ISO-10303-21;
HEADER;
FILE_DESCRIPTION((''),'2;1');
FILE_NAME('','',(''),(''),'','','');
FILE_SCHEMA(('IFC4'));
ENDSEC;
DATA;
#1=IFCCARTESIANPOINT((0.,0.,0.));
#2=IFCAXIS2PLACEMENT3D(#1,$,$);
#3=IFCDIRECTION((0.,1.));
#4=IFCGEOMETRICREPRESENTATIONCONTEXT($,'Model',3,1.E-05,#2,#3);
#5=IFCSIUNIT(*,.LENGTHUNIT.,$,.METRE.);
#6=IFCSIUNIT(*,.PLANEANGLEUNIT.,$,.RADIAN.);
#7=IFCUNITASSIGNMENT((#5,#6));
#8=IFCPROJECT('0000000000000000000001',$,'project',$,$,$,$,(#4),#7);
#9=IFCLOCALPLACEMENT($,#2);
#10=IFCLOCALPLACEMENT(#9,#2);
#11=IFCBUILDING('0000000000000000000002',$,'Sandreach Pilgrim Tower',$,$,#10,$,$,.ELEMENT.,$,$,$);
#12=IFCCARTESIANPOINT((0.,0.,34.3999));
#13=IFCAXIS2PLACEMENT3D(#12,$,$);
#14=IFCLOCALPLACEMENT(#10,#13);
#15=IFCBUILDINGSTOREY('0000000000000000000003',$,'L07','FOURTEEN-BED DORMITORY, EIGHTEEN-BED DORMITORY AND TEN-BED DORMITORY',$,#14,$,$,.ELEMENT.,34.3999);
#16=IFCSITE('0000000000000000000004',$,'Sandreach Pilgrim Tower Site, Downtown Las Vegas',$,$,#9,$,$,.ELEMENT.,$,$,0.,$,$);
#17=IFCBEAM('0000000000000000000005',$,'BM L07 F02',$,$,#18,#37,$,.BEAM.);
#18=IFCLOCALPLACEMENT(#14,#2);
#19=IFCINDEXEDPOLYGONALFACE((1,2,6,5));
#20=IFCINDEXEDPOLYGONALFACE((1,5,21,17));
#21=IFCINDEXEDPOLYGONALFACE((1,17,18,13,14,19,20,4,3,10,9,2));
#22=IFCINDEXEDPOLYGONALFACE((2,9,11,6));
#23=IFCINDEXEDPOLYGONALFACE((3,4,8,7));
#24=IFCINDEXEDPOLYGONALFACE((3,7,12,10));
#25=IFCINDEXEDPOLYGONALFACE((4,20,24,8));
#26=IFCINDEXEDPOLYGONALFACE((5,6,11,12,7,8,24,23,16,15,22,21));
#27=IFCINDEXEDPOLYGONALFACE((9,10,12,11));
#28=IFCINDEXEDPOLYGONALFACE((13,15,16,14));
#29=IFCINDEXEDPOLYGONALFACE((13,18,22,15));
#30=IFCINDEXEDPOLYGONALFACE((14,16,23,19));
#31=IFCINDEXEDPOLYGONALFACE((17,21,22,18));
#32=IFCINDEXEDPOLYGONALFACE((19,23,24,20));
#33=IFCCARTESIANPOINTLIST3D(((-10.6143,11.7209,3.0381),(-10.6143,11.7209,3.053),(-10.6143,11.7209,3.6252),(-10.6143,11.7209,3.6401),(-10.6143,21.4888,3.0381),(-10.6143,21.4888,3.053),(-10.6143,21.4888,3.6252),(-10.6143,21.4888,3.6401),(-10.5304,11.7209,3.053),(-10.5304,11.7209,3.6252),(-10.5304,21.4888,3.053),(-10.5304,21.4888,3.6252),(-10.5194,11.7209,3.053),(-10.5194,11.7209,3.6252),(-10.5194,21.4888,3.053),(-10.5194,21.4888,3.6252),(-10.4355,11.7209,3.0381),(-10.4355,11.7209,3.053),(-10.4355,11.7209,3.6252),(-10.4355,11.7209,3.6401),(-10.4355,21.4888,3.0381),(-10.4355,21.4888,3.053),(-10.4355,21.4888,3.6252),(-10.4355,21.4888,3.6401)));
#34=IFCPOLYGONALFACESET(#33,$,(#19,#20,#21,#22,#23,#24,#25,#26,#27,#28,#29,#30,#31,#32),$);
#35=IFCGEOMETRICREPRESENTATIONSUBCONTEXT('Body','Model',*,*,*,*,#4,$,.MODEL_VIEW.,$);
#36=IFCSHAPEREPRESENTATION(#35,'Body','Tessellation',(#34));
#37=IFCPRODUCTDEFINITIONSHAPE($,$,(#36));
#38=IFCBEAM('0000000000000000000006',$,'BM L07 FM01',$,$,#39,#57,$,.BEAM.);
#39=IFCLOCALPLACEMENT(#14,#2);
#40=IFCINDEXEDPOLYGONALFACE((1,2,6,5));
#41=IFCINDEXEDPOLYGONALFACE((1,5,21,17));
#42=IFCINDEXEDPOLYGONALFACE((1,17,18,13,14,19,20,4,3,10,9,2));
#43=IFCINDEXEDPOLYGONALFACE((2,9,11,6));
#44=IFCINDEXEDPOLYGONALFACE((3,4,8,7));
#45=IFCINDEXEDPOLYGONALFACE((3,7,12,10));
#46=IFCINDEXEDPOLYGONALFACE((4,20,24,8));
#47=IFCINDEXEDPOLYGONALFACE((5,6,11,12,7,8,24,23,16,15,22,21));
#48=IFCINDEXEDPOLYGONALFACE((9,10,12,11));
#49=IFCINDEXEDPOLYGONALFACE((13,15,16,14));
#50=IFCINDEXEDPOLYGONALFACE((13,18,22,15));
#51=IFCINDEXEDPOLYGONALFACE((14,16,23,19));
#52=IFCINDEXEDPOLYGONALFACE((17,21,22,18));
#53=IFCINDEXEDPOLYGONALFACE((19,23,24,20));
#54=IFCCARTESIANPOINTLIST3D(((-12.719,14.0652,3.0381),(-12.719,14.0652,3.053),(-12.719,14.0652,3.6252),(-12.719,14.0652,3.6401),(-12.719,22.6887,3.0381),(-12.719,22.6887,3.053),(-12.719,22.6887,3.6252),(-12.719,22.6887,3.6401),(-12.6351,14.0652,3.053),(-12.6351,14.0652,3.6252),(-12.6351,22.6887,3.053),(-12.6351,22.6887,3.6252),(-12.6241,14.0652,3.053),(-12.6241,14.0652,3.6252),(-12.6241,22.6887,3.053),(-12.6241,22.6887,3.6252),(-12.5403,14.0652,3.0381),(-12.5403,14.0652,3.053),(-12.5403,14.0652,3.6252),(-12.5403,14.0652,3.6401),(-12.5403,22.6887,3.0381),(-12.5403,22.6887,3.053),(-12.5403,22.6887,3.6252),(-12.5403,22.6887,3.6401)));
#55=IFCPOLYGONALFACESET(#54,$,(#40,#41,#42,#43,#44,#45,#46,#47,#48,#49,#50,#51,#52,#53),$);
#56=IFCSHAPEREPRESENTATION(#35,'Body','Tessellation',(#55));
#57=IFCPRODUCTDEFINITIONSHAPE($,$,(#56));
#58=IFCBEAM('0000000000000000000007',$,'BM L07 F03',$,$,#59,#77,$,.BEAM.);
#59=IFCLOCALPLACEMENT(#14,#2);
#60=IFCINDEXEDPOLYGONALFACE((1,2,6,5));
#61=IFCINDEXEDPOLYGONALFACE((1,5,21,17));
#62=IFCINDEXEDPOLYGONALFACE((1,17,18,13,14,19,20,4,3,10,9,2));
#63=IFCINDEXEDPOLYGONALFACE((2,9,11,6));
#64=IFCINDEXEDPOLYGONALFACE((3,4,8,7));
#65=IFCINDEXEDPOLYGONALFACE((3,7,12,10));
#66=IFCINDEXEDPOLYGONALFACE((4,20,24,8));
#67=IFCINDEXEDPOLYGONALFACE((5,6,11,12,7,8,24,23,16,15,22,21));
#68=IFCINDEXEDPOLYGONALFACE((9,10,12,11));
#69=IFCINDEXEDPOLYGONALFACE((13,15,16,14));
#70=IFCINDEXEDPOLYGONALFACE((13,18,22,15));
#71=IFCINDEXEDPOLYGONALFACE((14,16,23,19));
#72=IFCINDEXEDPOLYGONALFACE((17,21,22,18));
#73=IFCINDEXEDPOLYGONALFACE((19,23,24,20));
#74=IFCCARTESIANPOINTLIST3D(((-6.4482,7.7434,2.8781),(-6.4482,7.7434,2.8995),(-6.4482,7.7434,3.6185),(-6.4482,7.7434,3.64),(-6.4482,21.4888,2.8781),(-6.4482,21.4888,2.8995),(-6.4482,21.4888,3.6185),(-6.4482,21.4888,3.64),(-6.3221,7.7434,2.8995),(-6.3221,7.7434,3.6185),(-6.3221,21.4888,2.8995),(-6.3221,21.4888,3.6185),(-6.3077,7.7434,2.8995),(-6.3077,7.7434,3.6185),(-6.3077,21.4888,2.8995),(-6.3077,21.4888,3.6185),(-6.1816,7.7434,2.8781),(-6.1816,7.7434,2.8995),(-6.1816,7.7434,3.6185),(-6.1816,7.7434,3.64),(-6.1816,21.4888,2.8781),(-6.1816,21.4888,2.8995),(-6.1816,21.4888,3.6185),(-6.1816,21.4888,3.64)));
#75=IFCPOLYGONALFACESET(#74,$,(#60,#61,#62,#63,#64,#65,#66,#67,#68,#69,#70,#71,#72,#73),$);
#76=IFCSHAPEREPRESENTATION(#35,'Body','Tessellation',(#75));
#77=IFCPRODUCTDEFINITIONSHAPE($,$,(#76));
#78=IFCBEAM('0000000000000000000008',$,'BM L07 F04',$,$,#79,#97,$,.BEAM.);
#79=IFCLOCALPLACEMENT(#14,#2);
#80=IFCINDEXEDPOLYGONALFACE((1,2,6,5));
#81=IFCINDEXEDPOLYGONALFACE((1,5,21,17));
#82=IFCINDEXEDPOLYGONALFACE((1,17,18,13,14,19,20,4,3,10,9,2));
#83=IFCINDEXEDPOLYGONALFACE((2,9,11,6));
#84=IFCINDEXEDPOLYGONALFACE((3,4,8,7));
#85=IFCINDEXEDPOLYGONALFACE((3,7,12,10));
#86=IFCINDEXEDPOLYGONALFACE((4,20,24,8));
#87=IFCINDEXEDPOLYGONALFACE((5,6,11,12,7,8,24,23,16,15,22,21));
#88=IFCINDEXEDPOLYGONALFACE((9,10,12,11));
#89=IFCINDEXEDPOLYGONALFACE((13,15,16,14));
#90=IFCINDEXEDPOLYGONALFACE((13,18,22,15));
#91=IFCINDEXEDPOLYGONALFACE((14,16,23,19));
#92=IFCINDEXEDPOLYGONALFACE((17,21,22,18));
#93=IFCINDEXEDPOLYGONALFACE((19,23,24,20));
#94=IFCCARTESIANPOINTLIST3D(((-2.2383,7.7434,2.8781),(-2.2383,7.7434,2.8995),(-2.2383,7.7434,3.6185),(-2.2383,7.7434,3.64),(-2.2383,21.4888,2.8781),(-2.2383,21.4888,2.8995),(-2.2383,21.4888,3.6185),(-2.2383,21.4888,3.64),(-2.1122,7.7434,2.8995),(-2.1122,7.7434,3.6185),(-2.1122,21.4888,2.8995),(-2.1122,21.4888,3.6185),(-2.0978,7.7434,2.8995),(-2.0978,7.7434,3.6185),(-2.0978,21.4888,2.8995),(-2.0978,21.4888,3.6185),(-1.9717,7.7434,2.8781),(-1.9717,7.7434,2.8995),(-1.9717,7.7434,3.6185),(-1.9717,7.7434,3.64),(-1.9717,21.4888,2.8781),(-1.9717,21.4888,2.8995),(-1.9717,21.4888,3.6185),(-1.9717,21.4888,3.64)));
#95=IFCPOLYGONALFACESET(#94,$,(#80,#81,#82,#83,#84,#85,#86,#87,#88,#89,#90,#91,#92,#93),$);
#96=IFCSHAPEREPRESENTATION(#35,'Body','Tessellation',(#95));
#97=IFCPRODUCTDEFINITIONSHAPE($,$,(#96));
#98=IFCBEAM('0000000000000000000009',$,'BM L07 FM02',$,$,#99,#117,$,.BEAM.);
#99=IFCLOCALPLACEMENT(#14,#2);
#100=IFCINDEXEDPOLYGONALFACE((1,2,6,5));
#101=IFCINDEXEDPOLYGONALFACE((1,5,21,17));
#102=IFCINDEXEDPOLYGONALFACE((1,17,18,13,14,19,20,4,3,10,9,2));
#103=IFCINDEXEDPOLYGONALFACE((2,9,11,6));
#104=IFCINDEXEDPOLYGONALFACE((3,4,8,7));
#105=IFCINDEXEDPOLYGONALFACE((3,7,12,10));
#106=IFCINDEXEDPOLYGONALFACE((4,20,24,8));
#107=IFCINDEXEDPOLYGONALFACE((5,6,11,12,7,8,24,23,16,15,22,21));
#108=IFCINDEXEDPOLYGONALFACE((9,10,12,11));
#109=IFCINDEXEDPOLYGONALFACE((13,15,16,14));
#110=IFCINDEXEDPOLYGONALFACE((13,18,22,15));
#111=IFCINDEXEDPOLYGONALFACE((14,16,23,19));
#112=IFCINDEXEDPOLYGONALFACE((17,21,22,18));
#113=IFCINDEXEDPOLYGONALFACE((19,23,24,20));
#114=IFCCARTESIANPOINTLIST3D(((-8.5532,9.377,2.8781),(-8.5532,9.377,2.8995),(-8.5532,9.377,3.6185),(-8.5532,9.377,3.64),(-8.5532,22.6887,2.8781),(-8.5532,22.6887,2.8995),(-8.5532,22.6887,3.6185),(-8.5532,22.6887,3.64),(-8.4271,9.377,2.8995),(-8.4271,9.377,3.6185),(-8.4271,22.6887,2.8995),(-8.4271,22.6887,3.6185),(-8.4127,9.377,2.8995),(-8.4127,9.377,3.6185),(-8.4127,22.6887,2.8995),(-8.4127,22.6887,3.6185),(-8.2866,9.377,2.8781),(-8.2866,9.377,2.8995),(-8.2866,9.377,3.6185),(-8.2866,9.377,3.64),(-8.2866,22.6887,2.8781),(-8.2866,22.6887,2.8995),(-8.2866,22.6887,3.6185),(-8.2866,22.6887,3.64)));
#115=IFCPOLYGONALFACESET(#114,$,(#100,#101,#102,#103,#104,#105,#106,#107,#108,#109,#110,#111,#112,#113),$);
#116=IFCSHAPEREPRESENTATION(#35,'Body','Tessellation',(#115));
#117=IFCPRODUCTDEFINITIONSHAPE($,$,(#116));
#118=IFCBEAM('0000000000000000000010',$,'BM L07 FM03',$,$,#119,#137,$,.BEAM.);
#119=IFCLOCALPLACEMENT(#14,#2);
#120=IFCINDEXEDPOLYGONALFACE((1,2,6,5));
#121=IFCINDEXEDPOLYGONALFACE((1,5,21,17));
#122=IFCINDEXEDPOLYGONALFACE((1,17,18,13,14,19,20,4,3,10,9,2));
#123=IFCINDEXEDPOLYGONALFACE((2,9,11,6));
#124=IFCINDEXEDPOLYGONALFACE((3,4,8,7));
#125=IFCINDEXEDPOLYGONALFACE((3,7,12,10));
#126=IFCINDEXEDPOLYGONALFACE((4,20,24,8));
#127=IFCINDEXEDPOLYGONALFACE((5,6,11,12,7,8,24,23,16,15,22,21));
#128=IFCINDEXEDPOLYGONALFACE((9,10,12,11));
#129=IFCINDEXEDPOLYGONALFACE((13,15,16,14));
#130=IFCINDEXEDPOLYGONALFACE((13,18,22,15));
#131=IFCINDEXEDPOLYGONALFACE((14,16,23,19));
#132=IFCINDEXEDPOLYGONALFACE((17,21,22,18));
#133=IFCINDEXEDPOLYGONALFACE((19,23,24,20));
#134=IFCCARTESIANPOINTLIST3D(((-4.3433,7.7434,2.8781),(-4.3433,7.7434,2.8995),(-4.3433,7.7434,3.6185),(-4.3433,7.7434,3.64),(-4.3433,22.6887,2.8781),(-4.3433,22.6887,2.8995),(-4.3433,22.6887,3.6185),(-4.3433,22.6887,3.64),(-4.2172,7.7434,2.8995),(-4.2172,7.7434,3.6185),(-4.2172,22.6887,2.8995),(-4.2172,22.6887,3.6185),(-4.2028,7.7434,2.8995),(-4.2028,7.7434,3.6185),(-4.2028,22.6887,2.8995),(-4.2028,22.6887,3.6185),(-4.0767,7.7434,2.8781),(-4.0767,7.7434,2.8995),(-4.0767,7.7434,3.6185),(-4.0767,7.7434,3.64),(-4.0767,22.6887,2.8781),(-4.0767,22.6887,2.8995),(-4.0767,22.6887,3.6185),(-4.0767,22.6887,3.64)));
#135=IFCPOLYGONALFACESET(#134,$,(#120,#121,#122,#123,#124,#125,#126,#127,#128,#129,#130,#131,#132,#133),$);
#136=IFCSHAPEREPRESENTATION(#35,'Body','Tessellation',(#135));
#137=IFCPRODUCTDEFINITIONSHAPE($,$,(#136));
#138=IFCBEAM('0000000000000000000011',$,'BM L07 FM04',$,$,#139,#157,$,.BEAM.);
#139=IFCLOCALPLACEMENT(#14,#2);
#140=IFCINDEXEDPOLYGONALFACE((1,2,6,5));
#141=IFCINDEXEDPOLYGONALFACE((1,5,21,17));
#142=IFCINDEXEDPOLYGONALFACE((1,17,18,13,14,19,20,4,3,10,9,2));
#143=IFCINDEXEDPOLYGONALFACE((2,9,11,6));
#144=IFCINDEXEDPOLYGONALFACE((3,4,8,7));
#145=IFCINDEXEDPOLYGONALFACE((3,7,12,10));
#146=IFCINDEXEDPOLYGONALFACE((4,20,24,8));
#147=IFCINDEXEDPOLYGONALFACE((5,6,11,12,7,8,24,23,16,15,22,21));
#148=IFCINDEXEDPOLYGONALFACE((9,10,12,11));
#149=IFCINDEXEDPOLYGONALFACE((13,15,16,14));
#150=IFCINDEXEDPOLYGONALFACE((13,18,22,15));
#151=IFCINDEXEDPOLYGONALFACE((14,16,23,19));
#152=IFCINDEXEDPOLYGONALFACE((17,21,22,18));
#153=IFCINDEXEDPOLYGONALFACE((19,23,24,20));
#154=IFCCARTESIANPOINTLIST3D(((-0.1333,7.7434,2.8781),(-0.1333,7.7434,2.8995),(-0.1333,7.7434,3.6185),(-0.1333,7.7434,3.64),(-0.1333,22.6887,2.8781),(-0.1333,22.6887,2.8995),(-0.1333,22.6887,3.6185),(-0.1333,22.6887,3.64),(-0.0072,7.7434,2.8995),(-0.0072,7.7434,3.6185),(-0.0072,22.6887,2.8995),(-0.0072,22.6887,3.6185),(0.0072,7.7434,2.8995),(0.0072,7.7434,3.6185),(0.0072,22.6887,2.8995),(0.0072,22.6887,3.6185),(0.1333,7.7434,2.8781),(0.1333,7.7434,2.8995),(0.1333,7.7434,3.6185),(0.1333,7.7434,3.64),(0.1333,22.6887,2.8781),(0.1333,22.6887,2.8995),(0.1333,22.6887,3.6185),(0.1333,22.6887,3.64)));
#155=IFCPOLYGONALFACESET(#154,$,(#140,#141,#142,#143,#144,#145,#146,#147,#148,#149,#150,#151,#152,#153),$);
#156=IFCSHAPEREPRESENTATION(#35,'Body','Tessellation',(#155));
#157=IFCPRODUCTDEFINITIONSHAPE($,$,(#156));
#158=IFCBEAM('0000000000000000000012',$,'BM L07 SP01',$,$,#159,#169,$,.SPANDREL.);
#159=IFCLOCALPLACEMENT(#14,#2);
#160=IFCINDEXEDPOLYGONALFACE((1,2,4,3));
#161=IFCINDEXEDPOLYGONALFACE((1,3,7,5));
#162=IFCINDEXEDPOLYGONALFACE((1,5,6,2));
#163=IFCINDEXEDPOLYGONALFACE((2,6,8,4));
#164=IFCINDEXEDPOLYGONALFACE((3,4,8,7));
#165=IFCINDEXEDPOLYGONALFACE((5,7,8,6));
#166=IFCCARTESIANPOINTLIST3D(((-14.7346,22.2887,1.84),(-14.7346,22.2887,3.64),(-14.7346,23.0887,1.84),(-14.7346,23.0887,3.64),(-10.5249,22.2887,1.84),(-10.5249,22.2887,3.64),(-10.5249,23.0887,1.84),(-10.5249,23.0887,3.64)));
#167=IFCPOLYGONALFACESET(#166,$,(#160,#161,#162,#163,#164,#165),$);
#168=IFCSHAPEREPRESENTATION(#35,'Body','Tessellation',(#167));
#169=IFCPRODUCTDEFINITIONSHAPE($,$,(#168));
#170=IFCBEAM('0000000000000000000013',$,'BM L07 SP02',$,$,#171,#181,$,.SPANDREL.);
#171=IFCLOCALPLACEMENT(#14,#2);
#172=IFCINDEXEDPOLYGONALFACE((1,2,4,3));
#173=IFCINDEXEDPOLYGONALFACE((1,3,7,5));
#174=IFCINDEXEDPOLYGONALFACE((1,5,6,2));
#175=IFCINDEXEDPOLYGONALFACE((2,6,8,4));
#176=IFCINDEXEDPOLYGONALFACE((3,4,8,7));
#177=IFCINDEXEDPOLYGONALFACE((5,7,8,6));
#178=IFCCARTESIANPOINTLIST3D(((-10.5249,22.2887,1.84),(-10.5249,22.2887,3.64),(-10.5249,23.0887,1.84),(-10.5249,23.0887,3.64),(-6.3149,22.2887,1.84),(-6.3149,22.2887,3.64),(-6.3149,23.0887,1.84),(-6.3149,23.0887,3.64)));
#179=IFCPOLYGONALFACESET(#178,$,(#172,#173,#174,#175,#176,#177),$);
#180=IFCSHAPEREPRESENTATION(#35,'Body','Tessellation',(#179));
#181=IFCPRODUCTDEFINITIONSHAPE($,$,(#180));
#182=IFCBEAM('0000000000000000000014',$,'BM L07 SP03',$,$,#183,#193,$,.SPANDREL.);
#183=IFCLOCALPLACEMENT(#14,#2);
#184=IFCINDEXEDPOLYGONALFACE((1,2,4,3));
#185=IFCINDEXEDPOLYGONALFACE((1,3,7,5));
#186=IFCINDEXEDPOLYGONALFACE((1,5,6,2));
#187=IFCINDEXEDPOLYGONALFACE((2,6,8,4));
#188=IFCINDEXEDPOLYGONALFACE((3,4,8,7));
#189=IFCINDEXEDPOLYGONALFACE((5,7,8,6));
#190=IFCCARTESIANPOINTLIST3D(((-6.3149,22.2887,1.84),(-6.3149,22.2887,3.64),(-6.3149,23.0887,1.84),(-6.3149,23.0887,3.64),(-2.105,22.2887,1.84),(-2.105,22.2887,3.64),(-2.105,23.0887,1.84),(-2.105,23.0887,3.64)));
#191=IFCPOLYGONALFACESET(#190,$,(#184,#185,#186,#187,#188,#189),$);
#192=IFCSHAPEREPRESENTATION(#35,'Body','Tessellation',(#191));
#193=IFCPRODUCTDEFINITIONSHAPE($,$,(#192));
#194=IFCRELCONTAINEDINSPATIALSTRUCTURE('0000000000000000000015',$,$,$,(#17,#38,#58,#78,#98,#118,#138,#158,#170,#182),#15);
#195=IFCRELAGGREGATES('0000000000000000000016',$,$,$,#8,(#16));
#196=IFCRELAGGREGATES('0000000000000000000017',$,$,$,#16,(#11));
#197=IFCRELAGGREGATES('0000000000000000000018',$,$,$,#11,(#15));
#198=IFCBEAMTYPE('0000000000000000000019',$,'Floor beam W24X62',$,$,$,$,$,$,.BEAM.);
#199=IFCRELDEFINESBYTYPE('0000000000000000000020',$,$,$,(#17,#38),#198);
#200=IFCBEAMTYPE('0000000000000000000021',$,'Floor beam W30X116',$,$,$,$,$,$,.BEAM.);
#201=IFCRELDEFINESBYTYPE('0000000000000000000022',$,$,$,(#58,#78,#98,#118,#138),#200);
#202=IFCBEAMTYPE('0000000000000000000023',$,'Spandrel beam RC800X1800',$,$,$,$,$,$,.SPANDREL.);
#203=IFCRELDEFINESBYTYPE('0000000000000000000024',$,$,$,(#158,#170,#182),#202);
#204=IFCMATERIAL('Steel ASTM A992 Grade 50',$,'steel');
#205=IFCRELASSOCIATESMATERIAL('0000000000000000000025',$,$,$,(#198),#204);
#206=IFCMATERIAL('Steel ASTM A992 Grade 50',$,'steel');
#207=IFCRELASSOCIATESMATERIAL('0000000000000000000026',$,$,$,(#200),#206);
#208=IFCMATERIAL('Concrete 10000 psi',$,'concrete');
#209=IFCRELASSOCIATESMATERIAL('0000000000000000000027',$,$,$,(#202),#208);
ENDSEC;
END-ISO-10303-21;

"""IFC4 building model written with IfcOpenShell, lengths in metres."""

from ifc_helpers import new_model, si_unit, direction, frame, origin, origin_2d, place, context, subcontext, project, spatial, rectangle, i_section, extrude, material, material_profile, profile_set, type_object, element, save


model = new_model("IFC4")

# Units and contexts
model_context = context("Model", 3, precision=1e-05, world=origin(), true_north=direction((0.0, 1.0)))
body_context = subcontext(model_context, "Body", "Model", "MODEL_VIEW")
ifc_project = project(units=[si_unit("LENGTHUNIT", "METRE"), si_unit("PLANEANGLEUNIT", "RADIAN")], contexts=[model_context])

# Site, building, storey
site_placement = place(None, origin())
site = spatial("IfcSite", under=ifc_project, at=site_placement, Name="Sandreach Pilgrim Tower Site, Downtown Las Vegas", CompositionType="ELEMENT", RefElevation=0.0)
building_placement = place(site_placement, origin())
building = spatial("IfcBuilding", under=site, at=building_placement, Name="Sandreach Pilgrim Tower", CompositionType="ELEMENT")
storey_placement = place(building_placement, frame((0.0, 0.0, 34.3999)))
storey = spatial("IfcBuildingStorey", under=building, at=storey_placement, Name="L07", Description="FOURTEEN-BED DORMITORY, EIGHTEEN-BED DORMITORY AND TEN-BED DORMITORY", CompositionType="ELEMENT", Elevation=34.3999)

# Beams
ifc_material_1 = material(Name="Steel ASTM A992 Grade 50", Category="steel")
ifc_material_profile_1 = material_profile(ifc_material_1, i_section(OverallWidth=0.1787, OverallDepth=0.6021, WebThickness=0.011, FlangeThickness=0.0149, at=origin_2d()), Name="W24X62")
ifc_profile_set_1 = profile_set([ifc_material_profile_1], Name="Steel ASTM A992 Grade 50")
beam_type_1 = type_object("IfcBeamType", Name="Floor beam W24X62", PredefinedType="BEAM", material=ifc_profile_set_1)
beam_1_placement = place(storey_placement, frame((-10.5249, 21.4888, 3.3391), z_axis=(0.0, -1.0, 0.0), x_axis=(1.0, 0.0, 0.0)))
element("IfcBeam", 1, at=beam_1_placement, inside=storey, type_object=beam_type_1, Name="BM L07 F02", PredefinedType="BEAM", context=body_context, shape_type="SweptSolid", body=[
    extrude(i_section(OverallWidth=0.1787, OverallDepth=0.6021, WebThickness=0.011, FlangeThickness=0.0149, at=origin_2d()), origin(), (0.0, 0.0, 1.0), 9.7678),
])
beam_2_placement = place(storey_placement, frame((-12.6296, 22.6887, 3.3391), z_axis=(0.0, -1.0, 0.0), x_axis=(1.0, 0.0, 0.0)))
element("IfcBeam", 2, at=beam_2_placement, inside=storey, type_object=beam_type_1, Name="BM L07 FM01", PredefinedType="BEAM", context=body_context, shape_type="SweptSolid", body=[
    extrude(i_section(OverallWidth=0.1787, OverallDepth=0.6021, WebThickness=0.011, FlangeThickness=0.0149, at=origin_2d()), origin(), (0.0, 0.0, 1.0), 8.6235),
])
ifc_material_2 = material(Name="Steel ASTM A992 Grade 50", Category="steel")
ifc_material_profile_2 = material_profile(ifc_material_2, i_section(OverallWidth=0.2666, OverallDepth=0.762, WebThickness=0.0144, FlangeThickness=0.0215, at=origin_2d()), Name="W30X116")
ifc_profile_set_2 = profile_set([ifc_material_profile_2], Name="Steel ASTM A992 Grade 50")
beam_type_2 = type_object("IfcBeamType", Name="Floor beam W30X116", PredefinedType="BEAM", material=ifc_profile_set_2)
for number, where, z_axis, x_axis, name in (
    (3, (-6.3149, 21.4888, 3.259), (0.0, -1.0, 0.0), (1.0, 0.0, 0.0), "BM L07 F03"),
    (4, (-2.105, 21.4888, 3.259), (0.0, -1.0, 0.0), (1.0, 0.0, 0.0), "BM L07 F04"),
):
    element("IfcBeam", number, at=place(storey_placement, frame(where, z_axis=z_axis, x_axis=x_axis)), inside=storey, type_object=beam_type_2, Name=name, PredefinedType="BEAM", context=body_context, shape_type="SweptSolid", body=[
        extrude(i_section(OverallWidth=0.2666, OverallDepth=0.762, WebThickness=0.0144, FlangeThickness=0.0215, at=origin_2d()), origin(), (0.0, 0.0, 1.0), 13.7454),
    ])
beam_3_placement = place(storey_placement, frame((-8.4199, 22.6887, 3.259), z_axis=(0.0, -1.0, 0.0), x_axis=(1.0, 0.0, 0.0)))
element("IfcBeam", 5, at=beam_3_placement, inside=storey, type_object=beam_type_2, Name="BM L07 FM02", PredefinedType="BEAM", context=body_context, shape_type="SweptSolid", body=[
    extrude(i_section(OverallWidth=0.2666, OverallDepth=0.762, WebThickness=0.0144, FlangeThickness=0.0215, at=origin_2d()), origin(), (0.0, 0.0, 1.0), 13.3118),
])
for number, where, z_axis, x_axis, name in (
    (6, (-4.21, 22.6887, 3.259), (0.0, -1.0, 0.0), (1.0, 0.0, 0.0), "BM L07 FM03"),
    (7, (0.0, 22.6887, 3.259), (0.0, -1.0, 0.0), (1.0, 0.0, 0.0), "BM L07 FM04"),
):
    element("IfcBeam", number, at=place(storey_placement, frame(where, z_axis=z_axis, x_axis=x_axis)), inside=storey, type_object=beam_type_2, Name=name, PredefinedType="BEAM", context=body_context, shape_type="SweptSolid", body=[
        extrude(i_section(OverallWidth=0.2666, OverallDepth=0.762, WebThickness=0.0144, FlangeThickness=0.0215, at=origin_2d()), origin(), (0.0, 0.0, 1.0), 14.9453),
    ])
ifc_material_3 = material(Name="Concrete 10000 psi", Category="concrete")
ifc_material_profile_3 = material_profile(ifc_material_3, rectangle(XDim=0.8, YDim=1.8, at=origin_2d()), Name="RC800X1800")
ifc_profile_set_3 = profile_set([ifc_material_profile_3], Name="Concrete 10000 psi")
beam_type_3 = type_object("IfcBeamType", Name="Spandrel beam RC800X1800", PredefinedType="SPANDREL", material=ifc_profile_set_3)
beam_4_placement = place(storey_placement, frame((-14.7346, 22.6887, 2.74), z_axis=(1.0, 0.0, 0.0), x_axis=(0.0, 1.0, 0.0)))
element("IfcBeam", 8, at=beam_4_placement, inside=storey, type_object=beam_type_3, Name="BM L07 SP01", PredefinedType="SPANDREL", context=body_context, shape_type="SweptSolid", body=[
    extrude(rectangle(XDim=0.8, YDim=1.8, at=origin_2d()), origin(), (0.0, 0.0, 1.0), 4.2097),
])
for number, where, z_axis, x_axis, name in (
    (9, (-10.5249, 22.6887, 2.74), (1.0, 0.0, 0.0), (0.0, 1.0, 0.0), "BM L07 SP02"),
    (10, (-6.3149, 22.6887, 2.74), (1.0, 0.0, 0.0), (0.0, 1.0, 0.0), "BM L07 SP03"),
):
    element("IfcBeam", number, at=place(storey_placement, frame(where, z_axis=z_axis, x_axis=x_axis)), inside=storey, type_object=beam_type_3, Name=name, PredefinedType="SPANDREL", context=body_context, shape_type="SweptSolid", body=[
        extrude(rectangle(XDim=0.8, YDim=1.8, at=origin_2d()), origin(), (0.0, 0.0, 1.0), 4.21),
    ])

save(model, "model.ifc")
